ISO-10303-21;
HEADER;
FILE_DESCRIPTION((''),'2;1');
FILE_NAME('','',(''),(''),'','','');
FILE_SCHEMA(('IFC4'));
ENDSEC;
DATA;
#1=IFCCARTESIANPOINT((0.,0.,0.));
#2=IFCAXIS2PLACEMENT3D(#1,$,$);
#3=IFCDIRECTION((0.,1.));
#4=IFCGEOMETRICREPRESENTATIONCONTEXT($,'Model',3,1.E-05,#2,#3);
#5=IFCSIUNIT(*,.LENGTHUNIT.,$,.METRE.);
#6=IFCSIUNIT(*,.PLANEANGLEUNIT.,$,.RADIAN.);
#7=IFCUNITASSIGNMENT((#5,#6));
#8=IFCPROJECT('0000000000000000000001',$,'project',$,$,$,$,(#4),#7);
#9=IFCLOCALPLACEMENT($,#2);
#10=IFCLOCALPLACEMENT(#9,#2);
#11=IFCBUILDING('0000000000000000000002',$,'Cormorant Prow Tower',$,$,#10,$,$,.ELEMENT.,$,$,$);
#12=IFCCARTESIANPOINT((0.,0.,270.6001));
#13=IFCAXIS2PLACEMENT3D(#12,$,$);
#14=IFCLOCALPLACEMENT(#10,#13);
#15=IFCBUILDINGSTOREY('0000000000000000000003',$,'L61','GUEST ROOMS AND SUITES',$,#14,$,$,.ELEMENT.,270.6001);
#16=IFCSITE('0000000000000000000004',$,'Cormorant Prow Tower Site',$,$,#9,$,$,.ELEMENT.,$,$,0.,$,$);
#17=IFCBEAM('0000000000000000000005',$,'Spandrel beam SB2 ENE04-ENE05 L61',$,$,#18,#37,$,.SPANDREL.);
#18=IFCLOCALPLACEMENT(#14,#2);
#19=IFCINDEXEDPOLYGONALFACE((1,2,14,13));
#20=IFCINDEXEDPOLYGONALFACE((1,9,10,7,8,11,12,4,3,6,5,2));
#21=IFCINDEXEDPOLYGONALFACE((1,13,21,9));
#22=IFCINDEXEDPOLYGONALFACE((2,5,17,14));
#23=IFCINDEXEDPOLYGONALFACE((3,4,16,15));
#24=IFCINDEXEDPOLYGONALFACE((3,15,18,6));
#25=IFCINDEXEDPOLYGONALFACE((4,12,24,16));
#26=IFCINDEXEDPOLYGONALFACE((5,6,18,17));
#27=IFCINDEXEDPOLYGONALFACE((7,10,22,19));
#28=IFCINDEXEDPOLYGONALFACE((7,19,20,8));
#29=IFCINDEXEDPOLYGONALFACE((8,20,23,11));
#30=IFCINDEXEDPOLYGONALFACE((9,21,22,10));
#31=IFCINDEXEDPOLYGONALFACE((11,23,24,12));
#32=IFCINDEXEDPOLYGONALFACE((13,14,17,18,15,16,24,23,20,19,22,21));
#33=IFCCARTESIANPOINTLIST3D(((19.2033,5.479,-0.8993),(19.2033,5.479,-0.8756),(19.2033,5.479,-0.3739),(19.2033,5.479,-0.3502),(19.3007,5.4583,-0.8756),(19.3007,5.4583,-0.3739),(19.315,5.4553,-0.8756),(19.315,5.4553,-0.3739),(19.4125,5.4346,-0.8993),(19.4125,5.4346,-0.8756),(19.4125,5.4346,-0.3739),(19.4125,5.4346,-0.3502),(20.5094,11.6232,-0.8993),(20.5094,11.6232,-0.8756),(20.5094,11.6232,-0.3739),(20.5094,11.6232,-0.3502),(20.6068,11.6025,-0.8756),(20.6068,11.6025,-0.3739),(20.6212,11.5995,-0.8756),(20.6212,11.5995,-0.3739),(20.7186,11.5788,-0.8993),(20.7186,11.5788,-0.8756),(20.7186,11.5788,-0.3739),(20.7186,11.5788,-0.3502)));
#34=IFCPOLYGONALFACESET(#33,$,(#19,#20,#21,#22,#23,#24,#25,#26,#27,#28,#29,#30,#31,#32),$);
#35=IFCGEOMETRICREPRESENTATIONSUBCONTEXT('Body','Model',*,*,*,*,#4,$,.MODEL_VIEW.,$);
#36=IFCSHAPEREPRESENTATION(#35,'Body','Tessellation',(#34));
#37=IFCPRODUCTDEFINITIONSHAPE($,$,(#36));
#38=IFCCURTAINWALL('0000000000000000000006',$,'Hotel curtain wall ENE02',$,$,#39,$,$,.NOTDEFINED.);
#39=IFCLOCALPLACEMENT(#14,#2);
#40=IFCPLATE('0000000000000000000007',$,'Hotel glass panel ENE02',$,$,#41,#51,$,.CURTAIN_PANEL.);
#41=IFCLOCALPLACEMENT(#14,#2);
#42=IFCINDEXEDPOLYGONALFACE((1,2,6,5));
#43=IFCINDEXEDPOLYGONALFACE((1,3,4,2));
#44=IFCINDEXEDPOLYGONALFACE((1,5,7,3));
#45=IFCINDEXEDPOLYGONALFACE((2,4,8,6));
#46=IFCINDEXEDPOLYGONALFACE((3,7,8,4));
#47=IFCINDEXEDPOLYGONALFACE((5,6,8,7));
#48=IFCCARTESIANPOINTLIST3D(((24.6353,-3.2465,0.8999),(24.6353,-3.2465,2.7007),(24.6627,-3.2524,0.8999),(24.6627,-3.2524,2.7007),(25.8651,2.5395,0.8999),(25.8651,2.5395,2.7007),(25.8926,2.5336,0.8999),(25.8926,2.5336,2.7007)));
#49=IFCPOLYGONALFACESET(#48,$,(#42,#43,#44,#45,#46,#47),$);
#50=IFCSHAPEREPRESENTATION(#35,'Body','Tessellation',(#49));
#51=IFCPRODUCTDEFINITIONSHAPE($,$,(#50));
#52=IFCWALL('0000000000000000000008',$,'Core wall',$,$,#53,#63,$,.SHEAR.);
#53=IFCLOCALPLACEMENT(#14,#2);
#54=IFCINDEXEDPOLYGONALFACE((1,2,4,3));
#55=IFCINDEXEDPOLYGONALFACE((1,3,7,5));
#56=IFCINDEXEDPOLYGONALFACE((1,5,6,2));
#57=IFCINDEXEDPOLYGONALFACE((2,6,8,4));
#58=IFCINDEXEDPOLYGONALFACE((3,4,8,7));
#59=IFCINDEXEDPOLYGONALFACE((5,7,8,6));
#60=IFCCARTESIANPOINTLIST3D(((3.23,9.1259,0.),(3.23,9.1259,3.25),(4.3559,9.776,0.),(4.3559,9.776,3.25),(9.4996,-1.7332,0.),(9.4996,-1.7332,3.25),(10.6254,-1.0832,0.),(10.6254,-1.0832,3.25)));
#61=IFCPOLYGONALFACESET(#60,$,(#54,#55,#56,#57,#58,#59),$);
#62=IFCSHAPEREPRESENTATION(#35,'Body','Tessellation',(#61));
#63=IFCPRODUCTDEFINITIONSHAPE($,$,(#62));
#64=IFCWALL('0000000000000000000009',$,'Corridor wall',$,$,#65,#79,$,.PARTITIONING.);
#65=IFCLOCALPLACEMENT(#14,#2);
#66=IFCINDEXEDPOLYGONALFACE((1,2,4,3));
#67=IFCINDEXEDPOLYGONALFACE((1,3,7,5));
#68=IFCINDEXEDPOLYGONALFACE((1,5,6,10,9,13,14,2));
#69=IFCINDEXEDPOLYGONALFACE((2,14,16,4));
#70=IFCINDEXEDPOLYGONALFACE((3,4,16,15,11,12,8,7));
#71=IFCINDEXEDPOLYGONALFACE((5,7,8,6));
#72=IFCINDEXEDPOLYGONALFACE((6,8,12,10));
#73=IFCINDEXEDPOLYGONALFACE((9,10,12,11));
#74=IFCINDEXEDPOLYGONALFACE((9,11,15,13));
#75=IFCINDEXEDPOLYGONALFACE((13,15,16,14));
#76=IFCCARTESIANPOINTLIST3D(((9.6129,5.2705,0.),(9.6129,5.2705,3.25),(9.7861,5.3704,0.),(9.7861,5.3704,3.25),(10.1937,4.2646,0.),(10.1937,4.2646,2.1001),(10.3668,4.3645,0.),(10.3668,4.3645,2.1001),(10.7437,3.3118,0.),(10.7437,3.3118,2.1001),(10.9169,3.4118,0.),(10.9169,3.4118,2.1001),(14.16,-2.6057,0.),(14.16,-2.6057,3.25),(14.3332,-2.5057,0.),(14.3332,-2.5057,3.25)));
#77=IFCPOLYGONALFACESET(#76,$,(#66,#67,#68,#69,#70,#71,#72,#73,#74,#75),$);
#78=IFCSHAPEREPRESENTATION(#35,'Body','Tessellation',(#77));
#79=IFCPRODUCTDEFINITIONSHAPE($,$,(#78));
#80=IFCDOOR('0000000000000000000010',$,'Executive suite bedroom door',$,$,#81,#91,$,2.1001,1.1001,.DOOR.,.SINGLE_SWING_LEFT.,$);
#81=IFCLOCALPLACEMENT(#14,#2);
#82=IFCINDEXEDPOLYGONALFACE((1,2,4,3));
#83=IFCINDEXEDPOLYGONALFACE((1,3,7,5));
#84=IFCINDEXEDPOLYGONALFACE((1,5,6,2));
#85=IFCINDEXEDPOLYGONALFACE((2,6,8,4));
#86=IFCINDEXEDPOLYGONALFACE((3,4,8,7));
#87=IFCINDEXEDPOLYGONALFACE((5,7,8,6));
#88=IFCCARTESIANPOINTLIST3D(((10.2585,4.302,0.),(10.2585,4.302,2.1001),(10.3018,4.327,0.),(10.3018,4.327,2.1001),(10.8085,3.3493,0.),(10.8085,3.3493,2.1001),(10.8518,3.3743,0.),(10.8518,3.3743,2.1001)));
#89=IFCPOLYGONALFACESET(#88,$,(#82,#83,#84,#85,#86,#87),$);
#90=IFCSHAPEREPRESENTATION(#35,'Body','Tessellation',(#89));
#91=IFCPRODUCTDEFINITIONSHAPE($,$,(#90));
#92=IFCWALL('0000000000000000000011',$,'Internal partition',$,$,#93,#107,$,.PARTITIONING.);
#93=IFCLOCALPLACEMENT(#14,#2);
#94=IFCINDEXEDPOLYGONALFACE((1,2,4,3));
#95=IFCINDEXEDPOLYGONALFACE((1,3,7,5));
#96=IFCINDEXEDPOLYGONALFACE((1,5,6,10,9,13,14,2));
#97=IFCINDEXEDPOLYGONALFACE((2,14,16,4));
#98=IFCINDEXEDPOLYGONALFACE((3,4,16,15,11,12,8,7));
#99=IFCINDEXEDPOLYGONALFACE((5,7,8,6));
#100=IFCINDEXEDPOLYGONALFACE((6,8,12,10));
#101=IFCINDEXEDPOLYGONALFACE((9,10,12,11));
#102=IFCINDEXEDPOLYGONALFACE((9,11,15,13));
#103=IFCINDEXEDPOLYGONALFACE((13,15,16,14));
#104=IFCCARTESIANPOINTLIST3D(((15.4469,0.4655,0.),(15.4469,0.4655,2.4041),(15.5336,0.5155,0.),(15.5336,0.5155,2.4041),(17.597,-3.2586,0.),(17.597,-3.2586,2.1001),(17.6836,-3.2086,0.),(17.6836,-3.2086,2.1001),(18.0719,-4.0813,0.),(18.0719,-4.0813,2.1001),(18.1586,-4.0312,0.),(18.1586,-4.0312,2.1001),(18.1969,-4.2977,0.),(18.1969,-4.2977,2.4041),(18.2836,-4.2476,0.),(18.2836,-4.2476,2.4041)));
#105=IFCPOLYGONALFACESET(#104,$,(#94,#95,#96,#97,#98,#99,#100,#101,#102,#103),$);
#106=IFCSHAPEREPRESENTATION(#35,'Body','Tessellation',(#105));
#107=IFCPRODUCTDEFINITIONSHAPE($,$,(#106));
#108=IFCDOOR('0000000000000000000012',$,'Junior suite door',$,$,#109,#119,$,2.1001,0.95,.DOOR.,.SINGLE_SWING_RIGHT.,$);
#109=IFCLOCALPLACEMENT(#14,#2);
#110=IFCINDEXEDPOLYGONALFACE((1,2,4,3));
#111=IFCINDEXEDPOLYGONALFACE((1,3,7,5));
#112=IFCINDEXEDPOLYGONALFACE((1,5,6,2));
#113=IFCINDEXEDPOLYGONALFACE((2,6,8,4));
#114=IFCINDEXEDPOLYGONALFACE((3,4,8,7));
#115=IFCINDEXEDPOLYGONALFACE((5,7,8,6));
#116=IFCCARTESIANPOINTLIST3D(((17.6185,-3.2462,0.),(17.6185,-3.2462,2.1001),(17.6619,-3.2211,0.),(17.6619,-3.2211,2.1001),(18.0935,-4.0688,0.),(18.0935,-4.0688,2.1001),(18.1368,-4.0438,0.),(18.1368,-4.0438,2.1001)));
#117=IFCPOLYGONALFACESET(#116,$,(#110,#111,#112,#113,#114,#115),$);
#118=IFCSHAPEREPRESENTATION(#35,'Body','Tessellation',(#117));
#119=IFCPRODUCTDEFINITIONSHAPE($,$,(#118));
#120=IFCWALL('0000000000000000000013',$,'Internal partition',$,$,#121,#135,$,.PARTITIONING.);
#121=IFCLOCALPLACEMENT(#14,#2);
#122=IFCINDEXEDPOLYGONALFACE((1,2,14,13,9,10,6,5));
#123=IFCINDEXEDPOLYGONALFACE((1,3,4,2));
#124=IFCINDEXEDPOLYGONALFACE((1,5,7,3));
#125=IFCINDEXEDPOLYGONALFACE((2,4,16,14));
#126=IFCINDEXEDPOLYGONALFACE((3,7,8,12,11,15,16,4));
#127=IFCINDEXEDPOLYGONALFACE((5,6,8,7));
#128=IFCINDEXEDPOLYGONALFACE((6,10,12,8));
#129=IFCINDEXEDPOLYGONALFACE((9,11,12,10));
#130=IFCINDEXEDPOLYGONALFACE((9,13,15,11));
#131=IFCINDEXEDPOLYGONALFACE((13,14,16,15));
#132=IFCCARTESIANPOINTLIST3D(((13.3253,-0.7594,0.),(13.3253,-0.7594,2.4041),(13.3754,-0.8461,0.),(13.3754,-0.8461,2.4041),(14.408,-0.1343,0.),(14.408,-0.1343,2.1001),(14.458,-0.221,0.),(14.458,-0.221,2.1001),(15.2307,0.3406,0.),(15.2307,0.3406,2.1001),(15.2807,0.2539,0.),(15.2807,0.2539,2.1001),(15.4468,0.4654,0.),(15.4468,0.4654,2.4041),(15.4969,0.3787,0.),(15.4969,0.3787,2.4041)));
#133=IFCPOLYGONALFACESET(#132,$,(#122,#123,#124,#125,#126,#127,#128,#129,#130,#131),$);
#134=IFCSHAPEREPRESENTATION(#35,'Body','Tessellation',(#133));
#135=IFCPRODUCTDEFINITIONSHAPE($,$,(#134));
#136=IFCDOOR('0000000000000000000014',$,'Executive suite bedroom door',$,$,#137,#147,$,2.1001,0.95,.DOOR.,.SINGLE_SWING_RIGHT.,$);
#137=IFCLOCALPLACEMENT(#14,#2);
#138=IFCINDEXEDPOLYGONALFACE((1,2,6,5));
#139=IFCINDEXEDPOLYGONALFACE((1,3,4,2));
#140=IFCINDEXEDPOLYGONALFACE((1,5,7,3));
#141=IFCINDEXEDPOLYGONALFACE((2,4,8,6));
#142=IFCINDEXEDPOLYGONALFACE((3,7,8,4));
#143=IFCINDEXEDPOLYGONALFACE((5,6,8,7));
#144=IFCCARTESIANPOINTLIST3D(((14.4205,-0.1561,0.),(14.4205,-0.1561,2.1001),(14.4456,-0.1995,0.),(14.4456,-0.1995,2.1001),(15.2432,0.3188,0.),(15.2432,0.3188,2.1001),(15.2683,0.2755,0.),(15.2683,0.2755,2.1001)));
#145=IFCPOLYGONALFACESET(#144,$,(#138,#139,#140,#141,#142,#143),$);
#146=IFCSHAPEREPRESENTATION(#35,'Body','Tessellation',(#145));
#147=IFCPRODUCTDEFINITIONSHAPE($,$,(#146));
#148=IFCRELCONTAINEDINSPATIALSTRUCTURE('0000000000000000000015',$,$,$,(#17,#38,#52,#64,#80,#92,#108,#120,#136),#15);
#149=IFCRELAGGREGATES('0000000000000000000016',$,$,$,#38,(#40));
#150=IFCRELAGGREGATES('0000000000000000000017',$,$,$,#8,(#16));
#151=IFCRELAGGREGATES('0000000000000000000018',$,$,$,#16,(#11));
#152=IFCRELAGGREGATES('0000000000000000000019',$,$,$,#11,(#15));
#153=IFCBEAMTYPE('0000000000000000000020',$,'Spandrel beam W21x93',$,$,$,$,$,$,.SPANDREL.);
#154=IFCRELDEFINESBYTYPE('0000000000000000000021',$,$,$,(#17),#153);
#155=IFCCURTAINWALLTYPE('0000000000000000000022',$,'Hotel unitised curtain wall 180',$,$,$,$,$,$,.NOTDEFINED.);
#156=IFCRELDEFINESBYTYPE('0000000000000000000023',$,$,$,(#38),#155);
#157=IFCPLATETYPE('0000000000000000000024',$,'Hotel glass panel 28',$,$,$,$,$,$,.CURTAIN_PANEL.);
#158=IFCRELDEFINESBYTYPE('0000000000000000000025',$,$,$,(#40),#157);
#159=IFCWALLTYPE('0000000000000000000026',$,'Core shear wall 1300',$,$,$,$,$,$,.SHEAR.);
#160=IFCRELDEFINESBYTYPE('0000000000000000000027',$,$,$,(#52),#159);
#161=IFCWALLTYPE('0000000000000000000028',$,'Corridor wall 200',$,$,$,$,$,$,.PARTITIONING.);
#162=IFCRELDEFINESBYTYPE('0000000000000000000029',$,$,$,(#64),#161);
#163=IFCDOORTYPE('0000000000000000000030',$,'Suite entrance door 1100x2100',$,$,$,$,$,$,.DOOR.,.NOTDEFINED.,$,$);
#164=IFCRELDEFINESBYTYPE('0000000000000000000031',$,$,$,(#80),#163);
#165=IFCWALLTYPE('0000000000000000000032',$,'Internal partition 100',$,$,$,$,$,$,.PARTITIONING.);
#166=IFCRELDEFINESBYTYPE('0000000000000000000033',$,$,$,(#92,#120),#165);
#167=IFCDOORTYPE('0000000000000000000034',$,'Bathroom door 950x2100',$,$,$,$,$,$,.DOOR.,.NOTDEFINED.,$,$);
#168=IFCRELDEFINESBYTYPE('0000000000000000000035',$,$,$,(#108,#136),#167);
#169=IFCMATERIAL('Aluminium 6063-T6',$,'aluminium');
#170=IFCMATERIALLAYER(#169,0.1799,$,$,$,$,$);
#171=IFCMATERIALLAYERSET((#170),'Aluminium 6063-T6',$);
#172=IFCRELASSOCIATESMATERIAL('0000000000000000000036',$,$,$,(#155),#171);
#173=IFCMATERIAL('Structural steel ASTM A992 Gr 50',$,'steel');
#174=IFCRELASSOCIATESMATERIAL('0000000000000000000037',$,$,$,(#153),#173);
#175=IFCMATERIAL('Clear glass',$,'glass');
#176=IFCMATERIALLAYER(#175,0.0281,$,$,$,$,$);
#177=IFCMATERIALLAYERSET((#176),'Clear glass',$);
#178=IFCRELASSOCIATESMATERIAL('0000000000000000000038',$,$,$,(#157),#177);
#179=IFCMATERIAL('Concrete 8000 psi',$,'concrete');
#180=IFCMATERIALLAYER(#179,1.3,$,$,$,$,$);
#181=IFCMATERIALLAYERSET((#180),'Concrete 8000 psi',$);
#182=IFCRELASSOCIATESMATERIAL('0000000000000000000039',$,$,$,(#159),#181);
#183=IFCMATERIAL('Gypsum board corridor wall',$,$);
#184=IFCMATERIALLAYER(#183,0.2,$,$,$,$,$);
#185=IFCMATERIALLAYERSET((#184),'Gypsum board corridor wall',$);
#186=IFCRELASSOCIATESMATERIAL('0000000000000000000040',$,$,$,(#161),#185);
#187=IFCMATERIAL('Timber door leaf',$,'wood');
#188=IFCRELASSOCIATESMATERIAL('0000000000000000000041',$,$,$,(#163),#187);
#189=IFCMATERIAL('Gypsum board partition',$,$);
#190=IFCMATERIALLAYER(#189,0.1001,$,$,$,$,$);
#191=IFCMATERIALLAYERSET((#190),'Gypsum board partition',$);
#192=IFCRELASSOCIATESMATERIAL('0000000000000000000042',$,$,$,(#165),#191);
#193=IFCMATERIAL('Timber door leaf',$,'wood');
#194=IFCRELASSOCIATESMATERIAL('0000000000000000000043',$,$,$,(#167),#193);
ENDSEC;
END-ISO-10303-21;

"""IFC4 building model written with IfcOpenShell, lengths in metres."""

from ifc_helpers import new_model, si_unit, direction, frame, frame_2d, origin, origin_2d, place, context, subcontext, project, spatial, rectangle, i_section, extrude, material, layer, layer_set, material_profile, profile_set, type_object, element, fill, aggregate, save


model = new_model("IFC4")

# Units and contexts
model_context = context("Model", 3, precision=1e-05, world=origin(), true_north=direction((0.0, 1.0)))
body_context = subcontext(model_context, "Body", "Model", "MODEL_VIEW")
ifc_project = project(units=[si_unit("LENGTHUNIT", "METRE"), si_unit("PLANEANGLEUNIT", "RADIAN")], contexts=[model_context])

# Site, building, storey
site_placement = place(None, origin())
site = spatial("IfcSite", under=ifc_project, at=site_placement, Name="Cormorant Prow Tower Site", CompositionType="ELEMENT", RefElevation=0.0)
building_placement = place(site_placement, origin())
building = spatial("IfcBuilding", under=site, at=building_placement, Name="Cormorant Prow Tower", CompositionType="ELEMENT")
storey_placement = place(building_placement, frame((0.0, 0.0, 270.6001)))
storey = spatial("IfcBuildingStorey", under=building, at=storey_placement, Name="L61", Description="GUEST ROOMS AND SUITES", CompositionType="ELEMENT", Elevation=270.6001)

# Shared definitions
ifc_material_1 = material(Name="Aluminium 6063-T6", Category="aluminium")
ifc_layer_1 = layer(ifc_material_1, 0.1799)
ifc_layer_set_1 = layer_set([ifc_layer_1], Name="Aluminium 6063-T6")
curtain_wall_type = type_object("IfcCurtainWallType", Name="Hotel unitised curtain wall 180", PredefinedType="NOTDEFINED", material=ifc_layer_set_1)

# Beam
ifc_material_2 = material(Name="Structural steel ASTM A992 Gr 50", Category="steel")
ifc_material_profile_1 = material_profile(ifc_material_2, i_section(OverallWidth=0.2139, OverallDepth=0.5491, WebThickness=0.0146, FlangeThickness=0.0237, at=origin_2d()), Name="W21x93")
ifc_profile_set_1 = profile_set([ifc_material_profile_1], Name="Structural steel ASTM A992 Gr 50")
beam_type_1 = type_object("IfcBeamType", Name="Spandrel beam W21x93", PredefinedType="SPANDREL", material=ifc_profile_set_1)
beam_1_placement = place(storey_placement, frame((19.3079, 5.4568, -0.6248), z_axis=(0.207934, 0.978143, 0.0), x_axis=(-0.978143, 0.207934, 0.0)))
element("IfcBeam", 1, at=beam_1_placement, inside=storey, type_object=beam_type_1, Name="Spandrel beam SB2 ENE04-ENE05 L61", PredefinedType="SPANDREL", context=body_context, shape_type="SweptSolid", body=[
    extrude(i_section(OverallWidth=0.2139, OverallDepth=0.5491, WebThickness=0.0146, FlangeThickness=0.0237, at=origin_2d()), origin(), (0.0, 0.0, 1.0), 6.2815),
])

# Curtain wall, plate
curtain_wall_1_placement = place(storey_placement, origin())
curtain_wall_1 = element("IfcCurtainWall", 2, at=curtain_wall_1_placement, inside=storey, type_object=curtain_wall_type, Name="Hotel curtain wall ENE02", PredefinedType="NOTDEFINED")
ifc_material_3 = material(Name="Clear glass", Category="glass")
ifc_layer_2 = layer(ifc_material_3, 0.0281)
ifc_layer_set_2 = layer_set([ifc_layer_2], Name="Clear glass")
plate_type = type_object("IfcPlateType", Name="Hotel glass panel 28", PredefinedType="CURTAIN_PANEL", material=ifc_layer_set_2)
plate_placement = place(storey_placement, frame((25.2639, -0.3564, 0.8999), z_axis=(0.0, 0.0, 1.0), x_axis=(0.207912, 0.978148, 0.0)))
plate = element("IfcPlate", 3, at=plate_placement, type_object=plate_type, Name="Hotel glass panel ENE02", PredefinedType="CURTAIN_PANEL", context=body_context, shape_type="SweptSolid", body=[
    extrude(rectangle(XDim=5.9153, YDim=0.0281, at=origin_2d()), origin(), (0.0, 0.0, 1.0), 1.8008),
])
aggregate(curtain_wall_1, [plate])

# Wall
ifc_material_4 = material(Name="Concrete 8000 psi", Category="concrete")
ifc_layer_3 = layer(ifc_material_4, 1.3)
ifc_layer_set_3 = layer_set([ifc_layer_3], Name="Concrete 8000 psi")
wall_type_1 = type_object("IfcWallType", Name="Core shear wall 1300", PredefinedType="SHEAR", material=ifc_layer_set_3)
wall_1_placement = place(storey_placement, frame((10.0625, -1.4082, 0.0), z_axis=(0.0, 0.0, 1.0), x_axis=(-0.500001, 0.866025, 0.0)))
element("IfcWall", 4, at=wall_1_placement, inside=storey, type_object=wall_type_1, Name="Core wall", PredefinedType="SHEAR", context=body_context, shape_type="SweptSolid", body=[
    extrude(rectangle(XDim=12.5391, YDim=1.3, at=frame_2d((6.2695, 0.0))), origin(), (0.0, 0.0, 1.0), 3.25),
])

# Walls, openings, doors
ifc_material_5 = material(Name="Gypsum board corridor wall")
ifc_layer_4 = layer(ifc_material_5, 0.2)
ifc_layer_set_4 = layer_set([ifc_layer_4], Name="Gypsum board corridor wall")
wall_type_2 = type_object("IfcWallType", Name="Corridor wall 200", PredefinedType="PARTITIONING", material=ifc_layer_set_4)
wall_2_placement = place(storey_placement, frame((9.6995, 5.3206, 0.0), z_axis=(0.0, 0.0, 1.0), x_axis=(0.499982, -0.866036, 0.0)))
wall_2 = element("IfcWall", 5, at=wall_2_placement, inside=storey, type_object=wall_type_2, Name="Corridor wall", PredefinedType="PARTITIONING", context=body_context, shape_type="SweptSolid", body=[
    extrude(rectangle(XDim=9.0945, YDim=0.2, at=frame_2d((4.5474, 0.0))), origin(), (0.0, 0.0, 1.0), 3.25),
])
opening_1_placement = place(wall_2_placement, frame((1.1616, 0.0, 0.0)))
opening_1 = element("IfcOpeningElement", 6, at=opening_1_placement, cuts=wall_2, PredefinedType="OPENING", context=body_context, shape_type="SweptSolid", body=[
    extrude(rectangle(XDim=1.1001, YDim=2.1001, at=frame_2d((0.55, 1.05))), frame((0.0, 0.1099, 0.0), z_axis=(0.0, -1.0, 0.0), x_axis=(1.0, 0.0, 0.0)), (0.0, 0.0, 1.0), 0.22),
])
ifc_material_6 = material(Name="Timber door leaf", Category="wood")
door_type_1 = type_object("IfcDoorType", Name="Suite entrance door 1100x2100", OperationType="NOTDEFINED", PredefinedType="DOOR", material=ifc_material_6)
door_1_placement = place(opening_1_placement, origin())
door_1 = element("IfcDoor", 7, at=door_1_placement, inside=storey, type_object=door_type_1, Name="Executive suite bedroom door", OperationType="SINGLE_SWING_LEFT", OverallHeight=2.1001, OverallWidth=1.1001, PredefinedType="DOOR", context=body_context, shape_type="SweptSolid", body=[
    extrude(rectangle(XDim=1.1001, YDim=2.1001, at=frame_2d((0.55, 1.05))), frame((0.0, 0.0249, 0.0), z_axis=(0.0, -1.0, 0.0), x_axis=(1.0, 0.0, 0.0)), (0.0, 0.0, 1.0), 0.05),
])
fill(opening_1, door_1)
ifc_material_7 = material(Name="Gypsum board partition")
ifc_layer_5 = layer(ifc_material_7, 0.1001)
ifc_layer_set_5 = layer_set([ifc_layer_5], Name="Gypsum board partition")
wall_type_3 = type_object("IfcWallType", Name="Internal partition 100", PredefinedType="PARTITIONING", material=ifc_layer_set_5)
wall_3_placement = place(storey_placement, frame((15.4902, 0.4905, 0.0), z_axis=(0.0, 0.0, 1.0), x_axis=(0.499997, -0.866027, 0.0)))
wall_3 = element("IfcWall", 8, at=wall_3_placement, inside=storey, type_object=wall_type_3, Name="Internal partition", PredefinedType="PARTITIONING", context=body_context, shape_type="SweptSolid", body=[
    extrude(rectangle(XDim=5.5, YDim=0.1001, at=frame_2d((2.75, 0.0))), origin(), (0.0, 0.0, 1.0), 2.4041),
])
opening_2_placement = place(wall_3_placement, frame((4.3, 0.0, 0.0)))
opening_2 = element("IfcOpeningElement", 9, at=opening_2_placement, cuts=wall_3, PredefinedType="OPENING", context=body_context, shape_type="SweptSolid", body=[
    extrude(rectangle(XDim=0.95, YDim=2.1001, at=frame_2d((0.4751, 1.05))), frame((0.0, 0.0601, 0.0), z_axis=(0.0, -1.0, 0.0), x_axis=(1.0, 0.0, 0.0)), (0.0, 0.0, 1.0), 0.1201),
])
ifc_material_8 = material(Name="Timber door leaf", Category="wood")
door_type_2 = type_object("IfcDoorType", Name="Bathroom door 950x2100", OperationType="NOTDEFINED", PredefinedType="DOOR", material=ifc_material_8)
door_2_placement = place(opening_2_placement, origin())
door_2 = element("IfcDoor", 10, at=door_2_placement, inside=storey, type_object=door_type_2, Name="Junior suite door", OperationType="SINGLE_SWING_RIGHT", OverallHeight=2.1001, OverallWidth=0.95, PredefinedType="DOOR", context=body_context, shape_type="SweptSolid", body=[
    extrude(rectangle(XDim=0.95, YDim=2.1001, at=frame_2d((0.4751, 1.05))), frame((0.0, 0.0249, 0.0), z_axis=(0.0, -1.0, 0.0), x_axis=(1.0, 0.0, 0.0)), (0.0, 0.0, 1.0), 0.05),
])
fill(opening_2, door_2)
wall_4_placement = place(storey_placement, frame((13.3503, -0.8027, 0.0), z_axis=(0.0, 0.0, 1.0), x_axis=(0.866033, 0.499987, 0.0)))
wall_4 = element("IfcWall", 11, at=wall_4_placement, inside=storey, type_object=wall_type_3, Name="Internal partition", PredefinedType="PARTITIONING", context=body_context, shape_type="SweptSolid", body=[
    extrude(rectangle(XDim=2.4497, YDim=0.1001, at=frame_2d((1.2249, 0.0))), origin(), (0.0, 0.0, 1.0), 2.4041),
])
opening_3_placement = place(wall_4_placement, frame((1.25, 0.0, 0.0)))
opening_3 = element("IfcOpeningElement", 12, at=opening_3_placement, cuts=wall_4, PredefinedType="OPENING", context=body_context, shape_type="SweptSolid", body=[
    extrude(rectangle(XDim=0.95, YDim=2.1001, at=frame_2d((0.4751, 1.05))), frame((0.0, 0.0601, 0.0), z_axis=(0.0, -1.0, 0.0), x_axis=(1.0, 0.0, 0.0)), (0.0, 0.0, 1.0), 0.1201),
])
door_3_placement = place(opening_3_placement, origin())
door_3 = element("IfcDoor", 13, at=door_3_placement, inside=storey, type_object=door_type_2, Name="Executive suite bedroom door", OperationType="SINGLE_SWING_RIGHT", OverallHeight=2.1001, OverallWidth=0.95, PredefinedType="DOOR", context=body_context, shape_type="SweptSolid", body=[
    extrude(rectangle(XDim=0.95, YDim=2.1001, at=frame_2d((0.4751, 1.05))), frame((0.0, 0.0249, 0.0), z_axis=(0.0, -1.0, 0.0), x_axis=(1.0, 0.0, 0.0)), (0.0, 0.0, 1.0), 0.05),
])
fill(opening_3, door_3)

save(model, "model.ifc")
